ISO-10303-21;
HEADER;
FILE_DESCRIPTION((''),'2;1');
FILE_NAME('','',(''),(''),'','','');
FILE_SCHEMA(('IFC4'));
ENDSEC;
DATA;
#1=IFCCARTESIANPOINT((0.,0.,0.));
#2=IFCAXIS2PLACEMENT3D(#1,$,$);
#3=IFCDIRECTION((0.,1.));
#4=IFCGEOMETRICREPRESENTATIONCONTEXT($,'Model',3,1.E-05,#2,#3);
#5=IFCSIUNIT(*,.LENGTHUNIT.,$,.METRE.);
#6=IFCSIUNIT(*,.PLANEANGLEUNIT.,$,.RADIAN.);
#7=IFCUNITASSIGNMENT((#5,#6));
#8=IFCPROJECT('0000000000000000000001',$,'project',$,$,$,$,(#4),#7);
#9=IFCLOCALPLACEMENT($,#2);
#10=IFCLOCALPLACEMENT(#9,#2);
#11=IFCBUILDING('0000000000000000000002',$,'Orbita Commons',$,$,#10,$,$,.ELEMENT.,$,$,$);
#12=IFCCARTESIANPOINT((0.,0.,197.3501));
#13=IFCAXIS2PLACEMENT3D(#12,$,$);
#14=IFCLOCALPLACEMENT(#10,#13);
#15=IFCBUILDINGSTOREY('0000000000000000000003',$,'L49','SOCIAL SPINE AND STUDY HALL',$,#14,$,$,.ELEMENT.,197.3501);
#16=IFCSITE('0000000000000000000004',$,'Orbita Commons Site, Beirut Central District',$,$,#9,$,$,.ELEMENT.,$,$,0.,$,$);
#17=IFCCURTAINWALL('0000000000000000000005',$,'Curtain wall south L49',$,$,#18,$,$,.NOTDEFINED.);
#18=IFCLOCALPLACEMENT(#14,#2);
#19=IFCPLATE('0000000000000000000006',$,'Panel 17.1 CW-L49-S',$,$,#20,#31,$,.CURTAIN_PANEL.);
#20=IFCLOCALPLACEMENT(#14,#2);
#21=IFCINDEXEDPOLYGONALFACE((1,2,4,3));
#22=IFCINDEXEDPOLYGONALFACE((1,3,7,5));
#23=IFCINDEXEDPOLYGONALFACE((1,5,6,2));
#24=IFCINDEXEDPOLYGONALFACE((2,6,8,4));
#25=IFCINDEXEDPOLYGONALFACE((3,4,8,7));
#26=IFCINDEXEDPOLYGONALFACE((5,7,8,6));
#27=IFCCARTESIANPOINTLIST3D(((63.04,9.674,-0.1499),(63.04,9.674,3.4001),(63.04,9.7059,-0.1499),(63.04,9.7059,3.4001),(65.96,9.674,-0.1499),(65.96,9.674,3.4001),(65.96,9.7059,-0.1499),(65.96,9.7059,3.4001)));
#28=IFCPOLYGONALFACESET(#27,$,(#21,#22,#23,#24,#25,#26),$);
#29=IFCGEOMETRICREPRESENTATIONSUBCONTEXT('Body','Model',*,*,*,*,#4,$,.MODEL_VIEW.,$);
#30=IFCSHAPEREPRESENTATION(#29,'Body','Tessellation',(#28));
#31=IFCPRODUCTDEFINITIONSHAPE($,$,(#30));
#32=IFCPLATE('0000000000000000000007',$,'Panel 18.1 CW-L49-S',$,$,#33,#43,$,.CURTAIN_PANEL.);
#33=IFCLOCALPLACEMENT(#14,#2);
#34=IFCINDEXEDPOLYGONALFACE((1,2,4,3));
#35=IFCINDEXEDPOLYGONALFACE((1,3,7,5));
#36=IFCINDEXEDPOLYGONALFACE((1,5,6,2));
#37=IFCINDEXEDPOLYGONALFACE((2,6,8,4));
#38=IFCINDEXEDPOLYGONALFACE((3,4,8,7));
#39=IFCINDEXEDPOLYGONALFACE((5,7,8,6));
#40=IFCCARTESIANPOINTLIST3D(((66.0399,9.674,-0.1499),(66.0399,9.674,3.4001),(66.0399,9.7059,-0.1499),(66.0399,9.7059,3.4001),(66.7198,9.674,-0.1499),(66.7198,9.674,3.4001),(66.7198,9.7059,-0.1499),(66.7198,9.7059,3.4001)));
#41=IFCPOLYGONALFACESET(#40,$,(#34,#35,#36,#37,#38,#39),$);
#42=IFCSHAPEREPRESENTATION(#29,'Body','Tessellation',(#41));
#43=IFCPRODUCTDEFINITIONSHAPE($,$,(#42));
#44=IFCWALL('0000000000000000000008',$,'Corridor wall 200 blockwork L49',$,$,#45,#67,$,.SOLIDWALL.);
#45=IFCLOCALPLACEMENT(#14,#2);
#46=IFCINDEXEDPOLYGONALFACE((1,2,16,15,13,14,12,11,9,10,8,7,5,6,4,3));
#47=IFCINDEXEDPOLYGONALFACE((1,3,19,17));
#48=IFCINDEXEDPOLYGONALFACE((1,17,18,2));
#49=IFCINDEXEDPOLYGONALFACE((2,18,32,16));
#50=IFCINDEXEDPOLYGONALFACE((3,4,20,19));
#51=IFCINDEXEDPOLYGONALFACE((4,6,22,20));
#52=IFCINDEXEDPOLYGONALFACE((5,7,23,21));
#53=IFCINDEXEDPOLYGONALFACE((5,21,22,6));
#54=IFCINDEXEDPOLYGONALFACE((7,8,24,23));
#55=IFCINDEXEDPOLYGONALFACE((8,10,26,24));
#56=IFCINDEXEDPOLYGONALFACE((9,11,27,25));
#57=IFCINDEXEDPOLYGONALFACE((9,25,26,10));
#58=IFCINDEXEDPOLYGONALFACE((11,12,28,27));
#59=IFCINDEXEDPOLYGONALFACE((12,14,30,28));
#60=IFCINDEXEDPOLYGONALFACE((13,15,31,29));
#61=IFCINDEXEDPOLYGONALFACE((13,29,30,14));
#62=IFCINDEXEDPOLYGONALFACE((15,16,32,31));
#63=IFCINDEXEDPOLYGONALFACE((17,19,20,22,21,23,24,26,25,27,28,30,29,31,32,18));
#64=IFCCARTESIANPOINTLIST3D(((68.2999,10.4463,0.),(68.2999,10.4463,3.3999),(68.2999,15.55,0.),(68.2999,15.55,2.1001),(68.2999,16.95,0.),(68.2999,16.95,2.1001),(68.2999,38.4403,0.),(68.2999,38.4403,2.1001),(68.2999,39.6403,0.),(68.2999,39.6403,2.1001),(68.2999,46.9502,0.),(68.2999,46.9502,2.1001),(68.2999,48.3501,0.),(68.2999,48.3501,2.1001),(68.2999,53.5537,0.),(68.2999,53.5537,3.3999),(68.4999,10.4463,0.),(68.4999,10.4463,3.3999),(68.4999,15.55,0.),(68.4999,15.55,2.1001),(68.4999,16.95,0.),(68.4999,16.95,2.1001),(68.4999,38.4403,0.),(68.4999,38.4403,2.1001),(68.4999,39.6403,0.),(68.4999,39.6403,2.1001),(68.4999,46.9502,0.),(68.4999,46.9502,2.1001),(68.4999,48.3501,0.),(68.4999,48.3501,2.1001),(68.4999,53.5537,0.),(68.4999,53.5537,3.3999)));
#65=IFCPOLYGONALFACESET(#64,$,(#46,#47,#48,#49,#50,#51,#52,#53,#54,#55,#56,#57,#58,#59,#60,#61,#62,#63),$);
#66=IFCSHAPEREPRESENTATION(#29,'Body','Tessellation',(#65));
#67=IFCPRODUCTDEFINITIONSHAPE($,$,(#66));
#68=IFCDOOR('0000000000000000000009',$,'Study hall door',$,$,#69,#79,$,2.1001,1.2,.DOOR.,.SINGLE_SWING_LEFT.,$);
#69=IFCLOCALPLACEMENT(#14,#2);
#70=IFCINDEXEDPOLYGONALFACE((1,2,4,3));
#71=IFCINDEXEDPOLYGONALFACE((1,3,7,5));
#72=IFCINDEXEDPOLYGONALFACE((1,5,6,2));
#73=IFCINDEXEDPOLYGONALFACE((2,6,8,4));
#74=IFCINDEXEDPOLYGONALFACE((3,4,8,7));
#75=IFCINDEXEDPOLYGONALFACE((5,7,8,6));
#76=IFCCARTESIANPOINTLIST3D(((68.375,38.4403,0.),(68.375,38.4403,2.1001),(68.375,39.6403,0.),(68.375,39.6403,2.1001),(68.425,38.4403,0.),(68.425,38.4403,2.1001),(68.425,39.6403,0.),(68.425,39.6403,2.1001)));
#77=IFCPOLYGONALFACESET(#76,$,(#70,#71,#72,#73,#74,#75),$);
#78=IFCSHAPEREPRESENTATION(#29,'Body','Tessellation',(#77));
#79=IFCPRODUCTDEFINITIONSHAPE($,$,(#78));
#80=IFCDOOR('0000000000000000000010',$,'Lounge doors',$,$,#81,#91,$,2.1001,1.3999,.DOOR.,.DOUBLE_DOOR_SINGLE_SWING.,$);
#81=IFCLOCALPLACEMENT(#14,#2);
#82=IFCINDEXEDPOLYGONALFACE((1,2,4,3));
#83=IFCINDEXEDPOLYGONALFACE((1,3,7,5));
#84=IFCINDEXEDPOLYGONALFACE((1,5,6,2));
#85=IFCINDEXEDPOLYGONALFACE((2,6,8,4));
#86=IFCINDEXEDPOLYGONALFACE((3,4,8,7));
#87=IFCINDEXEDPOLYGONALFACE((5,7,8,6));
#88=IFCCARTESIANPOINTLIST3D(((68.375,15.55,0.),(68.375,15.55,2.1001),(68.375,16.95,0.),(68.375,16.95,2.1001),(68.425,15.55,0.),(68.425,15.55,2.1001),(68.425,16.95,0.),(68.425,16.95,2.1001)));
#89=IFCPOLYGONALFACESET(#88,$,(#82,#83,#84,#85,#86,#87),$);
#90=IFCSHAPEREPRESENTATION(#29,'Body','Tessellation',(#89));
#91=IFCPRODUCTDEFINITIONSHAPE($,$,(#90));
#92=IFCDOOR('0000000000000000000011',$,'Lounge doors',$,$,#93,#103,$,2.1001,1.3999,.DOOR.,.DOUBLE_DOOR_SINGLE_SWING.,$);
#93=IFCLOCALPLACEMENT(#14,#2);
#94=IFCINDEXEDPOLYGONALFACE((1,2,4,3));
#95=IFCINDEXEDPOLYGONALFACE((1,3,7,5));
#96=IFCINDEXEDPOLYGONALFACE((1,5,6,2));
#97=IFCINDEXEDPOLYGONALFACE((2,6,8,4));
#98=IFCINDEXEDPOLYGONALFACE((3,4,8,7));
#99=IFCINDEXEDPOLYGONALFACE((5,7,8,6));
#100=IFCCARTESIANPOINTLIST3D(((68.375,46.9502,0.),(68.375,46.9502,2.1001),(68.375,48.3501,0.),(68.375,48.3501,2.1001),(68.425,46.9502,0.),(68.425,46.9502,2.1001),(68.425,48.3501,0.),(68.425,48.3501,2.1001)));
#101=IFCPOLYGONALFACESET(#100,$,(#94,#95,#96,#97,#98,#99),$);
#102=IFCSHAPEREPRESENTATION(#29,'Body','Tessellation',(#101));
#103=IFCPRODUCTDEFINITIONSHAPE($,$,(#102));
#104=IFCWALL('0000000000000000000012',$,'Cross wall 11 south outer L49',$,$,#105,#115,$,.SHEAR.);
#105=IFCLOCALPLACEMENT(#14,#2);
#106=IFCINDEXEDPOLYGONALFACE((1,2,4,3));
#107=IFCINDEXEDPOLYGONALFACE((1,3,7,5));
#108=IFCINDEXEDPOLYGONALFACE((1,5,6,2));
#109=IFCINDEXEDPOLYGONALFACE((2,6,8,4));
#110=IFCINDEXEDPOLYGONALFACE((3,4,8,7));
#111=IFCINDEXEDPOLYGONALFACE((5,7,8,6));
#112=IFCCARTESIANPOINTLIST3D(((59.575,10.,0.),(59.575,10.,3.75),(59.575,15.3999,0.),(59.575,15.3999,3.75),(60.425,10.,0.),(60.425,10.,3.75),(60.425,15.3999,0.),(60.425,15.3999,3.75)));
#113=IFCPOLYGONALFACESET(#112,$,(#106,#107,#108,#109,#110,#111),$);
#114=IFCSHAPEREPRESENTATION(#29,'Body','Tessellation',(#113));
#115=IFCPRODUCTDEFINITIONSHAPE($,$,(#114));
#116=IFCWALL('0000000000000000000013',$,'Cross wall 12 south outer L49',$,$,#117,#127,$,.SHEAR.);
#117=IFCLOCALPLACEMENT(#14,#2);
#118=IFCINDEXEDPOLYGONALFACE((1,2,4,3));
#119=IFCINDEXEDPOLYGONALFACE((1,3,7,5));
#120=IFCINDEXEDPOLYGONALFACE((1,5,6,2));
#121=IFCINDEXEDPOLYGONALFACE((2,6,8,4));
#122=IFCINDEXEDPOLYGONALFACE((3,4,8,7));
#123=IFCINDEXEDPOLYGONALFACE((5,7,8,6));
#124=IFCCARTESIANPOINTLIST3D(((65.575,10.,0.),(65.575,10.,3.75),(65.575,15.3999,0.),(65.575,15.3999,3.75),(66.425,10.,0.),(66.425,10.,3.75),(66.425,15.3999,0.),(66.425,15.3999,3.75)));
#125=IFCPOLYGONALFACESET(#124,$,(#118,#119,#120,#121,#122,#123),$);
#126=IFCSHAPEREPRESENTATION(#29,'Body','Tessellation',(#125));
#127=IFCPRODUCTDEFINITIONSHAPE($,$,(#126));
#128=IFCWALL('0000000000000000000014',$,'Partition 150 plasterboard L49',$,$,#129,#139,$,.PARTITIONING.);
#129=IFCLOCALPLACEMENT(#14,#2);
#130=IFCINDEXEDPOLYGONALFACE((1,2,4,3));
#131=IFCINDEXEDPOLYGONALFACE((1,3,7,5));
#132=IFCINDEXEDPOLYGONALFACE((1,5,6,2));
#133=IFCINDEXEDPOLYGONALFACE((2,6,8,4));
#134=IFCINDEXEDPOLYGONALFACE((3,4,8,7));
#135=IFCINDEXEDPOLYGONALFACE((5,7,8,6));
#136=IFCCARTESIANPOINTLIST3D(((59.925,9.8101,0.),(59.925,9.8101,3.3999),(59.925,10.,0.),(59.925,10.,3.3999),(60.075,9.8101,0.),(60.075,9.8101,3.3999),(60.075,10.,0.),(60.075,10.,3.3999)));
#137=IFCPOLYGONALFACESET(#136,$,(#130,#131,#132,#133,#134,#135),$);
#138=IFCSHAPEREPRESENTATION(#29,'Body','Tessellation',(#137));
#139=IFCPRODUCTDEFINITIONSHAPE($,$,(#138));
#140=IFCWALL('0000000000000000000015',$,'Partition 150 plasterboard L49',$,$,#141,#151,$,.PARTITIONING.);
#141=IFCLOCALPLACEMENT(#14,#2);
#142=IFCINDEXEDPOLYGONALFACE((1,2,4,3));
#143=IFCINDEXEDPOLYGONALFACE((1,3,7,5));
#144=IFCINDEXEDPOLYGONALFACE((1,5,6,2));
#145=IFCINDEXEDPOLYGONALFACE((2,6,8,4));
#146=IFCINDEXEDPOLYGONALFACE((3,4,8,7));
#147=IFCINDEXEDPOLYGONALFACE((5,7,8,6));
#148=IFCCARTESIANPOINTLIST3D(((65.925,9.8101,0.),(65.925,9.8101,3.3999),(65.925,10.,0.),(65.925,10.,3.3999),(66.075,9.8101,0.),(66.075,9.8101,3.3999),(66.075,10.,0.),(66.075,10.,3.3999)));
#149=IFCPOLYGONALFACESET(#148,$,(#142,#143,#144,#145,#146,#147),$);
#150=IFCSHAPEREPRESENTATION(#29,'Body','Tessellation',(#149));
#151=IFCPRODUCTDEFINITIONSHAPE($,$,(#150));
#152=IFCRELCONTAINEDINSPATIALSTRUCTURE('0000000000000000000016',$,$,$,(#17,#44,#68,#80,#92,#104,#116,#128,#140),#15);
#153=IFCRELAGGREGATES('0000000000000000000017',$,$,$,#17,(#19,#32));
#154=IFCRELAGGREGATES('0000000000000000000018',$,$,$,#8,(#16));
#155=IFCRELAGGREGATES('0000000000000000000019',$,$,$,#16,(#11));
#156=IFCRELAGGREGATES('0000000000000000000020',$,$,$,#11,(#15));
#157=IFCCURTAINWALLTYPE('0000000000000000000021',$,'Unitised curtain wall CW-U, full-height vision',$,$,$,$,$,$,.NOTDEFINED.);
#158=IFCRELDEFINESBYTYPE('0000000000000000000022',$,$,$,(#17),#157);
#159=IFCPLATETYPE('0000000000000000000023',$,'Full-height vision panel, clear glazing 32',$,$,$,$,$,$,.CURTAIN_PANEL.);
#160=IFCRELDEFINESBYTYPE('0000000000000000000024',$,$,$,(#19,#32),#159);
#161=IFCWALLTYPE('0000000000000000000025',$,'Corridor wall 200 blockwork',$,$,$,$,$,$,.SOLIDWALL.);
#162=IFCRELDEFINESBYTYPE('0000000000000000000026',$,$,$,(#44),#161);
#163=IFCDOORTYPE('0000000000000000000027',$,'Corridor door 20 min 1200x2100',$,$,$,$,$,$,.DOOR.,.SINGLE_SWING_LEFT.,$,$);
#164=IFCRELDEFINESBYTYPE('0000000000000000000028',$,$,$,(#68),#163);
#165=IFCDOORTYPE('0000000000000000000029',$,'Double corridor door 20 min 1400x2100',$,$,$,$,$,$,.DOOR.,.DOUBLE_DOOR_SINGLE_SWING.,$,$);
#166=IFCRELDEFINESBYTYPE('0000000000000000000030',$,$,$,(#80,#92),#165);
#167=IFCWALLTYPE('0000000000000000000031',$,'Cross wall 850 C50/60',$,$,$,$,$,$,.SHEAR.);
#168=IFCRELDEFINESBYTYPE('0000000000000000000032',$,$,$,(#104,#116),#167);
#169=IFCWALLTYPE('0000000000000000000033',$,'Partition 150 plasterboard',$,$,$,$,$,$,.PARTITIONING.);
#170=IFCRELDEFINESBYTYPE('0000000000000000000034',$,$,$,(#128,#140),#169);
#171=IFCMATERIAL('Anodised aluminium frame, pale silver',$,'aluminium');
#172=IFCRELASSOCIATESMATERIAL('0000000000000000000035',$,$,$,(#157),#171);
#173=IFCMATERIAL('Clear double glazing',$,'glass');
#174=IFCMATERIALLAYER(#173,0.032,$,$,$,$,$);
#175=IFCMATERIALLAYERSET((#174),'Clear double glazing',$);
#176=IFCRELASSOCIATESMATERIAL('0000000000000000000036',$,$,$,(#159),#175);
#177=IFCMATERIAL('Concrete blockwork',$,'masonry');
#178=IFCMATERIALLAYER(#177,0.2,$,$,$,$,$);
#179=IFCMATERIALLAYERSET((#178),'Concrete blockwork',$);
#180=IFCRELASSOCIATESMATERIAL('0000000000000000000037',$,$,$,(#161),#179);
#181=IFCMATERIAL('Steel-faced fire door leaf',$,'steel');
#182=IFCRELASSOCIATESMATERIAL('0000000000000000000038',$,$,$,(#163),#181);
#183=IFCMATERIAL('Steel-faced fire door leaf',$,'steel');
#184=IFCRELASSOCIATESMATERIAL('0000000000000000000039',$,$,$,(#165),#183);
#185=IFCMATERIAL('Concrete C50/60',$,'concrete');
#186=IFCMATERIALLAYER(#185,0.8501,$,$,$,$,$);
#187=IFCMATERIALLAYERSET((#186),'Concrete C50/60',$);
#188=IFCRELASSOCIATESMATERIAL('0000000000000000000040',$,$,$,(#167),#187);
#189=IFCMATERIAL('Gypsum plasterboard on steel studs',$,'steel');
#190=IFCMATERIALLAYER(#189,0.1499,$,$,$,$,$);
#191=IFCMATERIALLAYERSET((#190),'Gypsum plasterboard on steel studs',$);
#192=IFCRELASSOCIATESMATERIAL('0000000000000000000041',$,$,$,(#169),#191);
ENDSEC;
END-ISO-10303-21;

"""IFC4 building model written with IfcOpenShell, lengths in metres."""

from ifc_helpers import new_model, si_unit, direction, frame, frame_2d, origin, origin_2d, place, context, subcontext, project, spatial, rectangle, extrude, material, layer, layer_set, type_object, element, fill, aggregate, save


model = new_model("IFC4")

# Units and contexts
model_context = context("Model", 3, precision=1e-05, world=origin(), true_north=direction((0.0, 1.0)))
body_context = subcontext(model_context, "Body", "Model", "MODEL_VIEW")
ifc_project = project(units=[si_unit("LENGTHUNIT", "METRE"), si_unit("PLANEANGLEUNIT", "RADIAN")], contexts=[model_context])

# Site, building, storey
site_placement = place(None, origin())
site = spatial("IfcSite", under=ifc_project, at=site_placement, Name="Orbita Commons Site, Beirut Central District", CompositionType="ELEMENT", RefElevation=0.0)
building_placement = place(site_placement, origin())
building = spatial("IfcBuilding", under=site, at=building_placement, Name="Orbita Commons", CompositionType="ELEMENT")
storey_placement = place(building_placement, frame((0.0, 0.0, 197.3501)))
storey = spatial("IfcBuildingStorey", under=building, at=storey_placement, Name="L49", Description="SOCIAL SPINE AND STUDY HALL", CompositionType="ELEMENT", Elevation=197.3501)

# Curtain wall
ifc_material_1 = material(Name="Anodised aluminium frame, pale silver", Category="aluminium")
curtain_wall_type = type_object("IfcCurtainWallType", Name="Unitised curtain wall CW-U, full-height vision", PredefinedType="NOTDEFINED", material=ifc_material_1)
curtain_wall_placement = place(storey_placement, origin())
curtain_wall = element("IfcCurtainWall", 1, at=curtain_wall_placement, inside=storey, type_object=curtain_wall_type, Name="Curtain wall south L49", PredefinedType="NOTDEFINED")

# Plates
ifc_material_2 = material(Name="Clear double glazing", Category="glass")
ifc_layer_1 = layer(ifc_material_2, 0.032)
ifc_layer_set_1 = layer_set([ifc_layer_1], Name="Clear double glazing")
plate_type = type_object("IfcPlateType", Name="Full-height vision panel, clear glazing 32", PredefinedType="CURTAIN_PANEL", material=ifc_layer_set_1)
plate_1_placement = place(storey_placement, frame((64.5, 9.6899, -0.1499), z_axis=(0.0, 0.0, 1.0), x_axis=(1.0, 0.0, 0.0)))
plate_1 = element("IfcPlate", 2, at=plate_1_placement, type_object=plate_type, Name="Panel 17.1 CW-L49-S", PredefinedType="CURTAIN_PANEL", context=body_context, shape_type="SweptSolid", body=[
    extrude(rectangle(XDim=2.9199, YDim=0.032, at=origin_2d()), origin(), (0.0, 0.0, 1.0), 3.55),
])
plate_2_placement = place(storey_placement, frame((66.3799, 9.6899, -0.1499), z_axis=(0.0, 0.0, 1.0), x_axis=(1.0, 0.0, 0.0)))
plate_2 = element("IfcPlate", 3, at=plate_2_placement, type_object=plate_type, Name="Panel 18.1 CW-L49-S", PredefinedType="CURTAIN_PANEL", context=body_context, shape_type="SweptSolid", body=[
    extrude(rectangle(XDim=0.6799, YDim=0.032, at=origin_2d()), origin(), (0.0, 0.0, 1.0), 3.55),
])
aggregate(curtain_wall, [plate_1, plate_2])

# Wall, openings, doors
ifc_material_3 = material(Name="Concrete blockwork", Category="masonry")
ifc_layer_2 = layer(ifc_material_3, 0.2)
ifc_layer_set_2 = layer_set([ifc_layer_2], Name="Concrete blockwork")
wall_type_1 = type_object("IfcWallType", Name="Corridor wall 200 blockwork", PredefinedType="SOLIDWALL", material=ifc_layer_set_2)
wall_1_placement = place(storey_placement, frame((68.3999, 10.4463, 0.0), z_axis=(0.0, 0.0, 1.0), x_axis=(0.0, 1.0, 0.0)))
wall_1 = element("IfcWall", 4, at=wall_1_placement, inside=storey, type_object=wall_type_1, Name="Corridor wall 200 blockwork L49", PredefinedType="SOLIDWALL", context=body_context, shape_type="SweptSolid", body=[
    extrude(rectangle(XDim=43.1074, YDim=0.2, at=frame_2d((21.5537, 0.0))), origin(), (0.0, 0.0, 1.0), 3.3999),
])
opening_1_placement = place(wall_1_placement, frame((27.9939, 0.0, 0.0)))
opening_1 = element("IfcOpeningElement", 5, at=opening_1_placement, cuts=wall_1, PredefinedType="OPENING", context=body_context, shape_type="SweptSolid", body=[
    extrude(rectangle(XDim=1.2, YDim=2.1001, at=frame_2d((0.6001, 1.05))), frame((0.0, 0.1099, 0.0), z_axis=(0.0, -1.0, 0.0), x_axis=(1.0, 0.0, 0.0)), (0.0, 0.0, 1.0), 0.22),
])
opening_2_placement = place(wall_1_placement, frame((5.1038, 0.0, 0.0)))
opening_2 = element("IfcOpeningElement", 6, at=opening_2_placement, cuts=wall_1, PredefinedType="OPENING", context=body_context, shape_type="SweptSolid", body=[
    extrude(rectangle(XDim=1.3999, YDim=2.1001, at=frame_2d((0.7, 1.05))), frame((0.0, 0.1099, 0.0), z_axis=(0.0, -1.0, 0.0), x_axis=(1.0, 0.0, 0.0)), (0.0, 0.0, 1.0), 0.22),
])
opening_3_placement = place(wall_1_placement, frame((36.5039, 0.0, 0.0)))
opening_3 = element("IfcOpeningElement", 7, at=opening_3_placement, cuts=wall_1, PredefinedType="OPENING", context=body_context, shape_type="SweptSolid", body=[
    extrude(rectangle(XDim=1.3999, YDim=2.1001, at=frame_2d((0.7, 1.05))), frame((0.0, 0.1099, 0.0), z_axis=(0.0, -1.0, 0.0), x_axis=(1.0, 0.0, 0.0)), (0.0, 0.0, 1.0), 0.22),
])
ifc_material_4 = material(Name="Steel-faced fire door leaf", Category="steel")
door_type_1 = type_object("IfcDoorType", Name="Corridor door 20 min 1200x2100", OperationType="SINGLE_SWING_LEFT", PredefinedType="DOOR", material=ifc_material_4)
door_1_placement = place(opening_1_placement, origin())
door_1 = element("IfcDoor", 8, at=door_1_placement, inside=storey, type_object=door_type_1, Name="Study hall door", OperationType="SINGLE_SWING_LEFT", OverallHeight=2.1001, OverallWidth=1.2, PredefinedType="DOOR", context=body_context, shape_type="SweptSolid", body=[
    extrude(rectangle(XDim=1.2, YDim=2.1001, at=frame_2d((0.6001, 1.05))), frame((0.0, 0.0249, 0.0), z_axis=(0.0, -1.0, 0.0), x_axis=(1.0, 0.0, 0.0)), (0.0, 0.0, 1.0), 0.05),
])
fill(opening_1, door_1)
ifc_material_5 = material(Name="Steel-faced fire door leaf", Category="steel")
door_type_2 = type_object("IfcDoorType", Name="Double corridor door 20 min 1400x2100", OperationType="DOUBLE_DOOR_SINGLE_SWING", PredefinedType="DOOR", material=ifc_material_5)
door_2_placement = place(opening_2_placement, origin())
door_2 = element("IfcDoor", 9, at=door_2_placement, inside=storey, type_object=door_type_2, Name="Lounge doors", OperationType="DOUBLE_DOOR_SINGLE_SWING", OverallHeight=2.1001, OverallWidth=1.3999, PredefinedType="DOOR", context=body_context, shape_type="SweptSolid", body=[
    extrude(rectangle(XDim=1.3999, YDim=2.1001, at=frame_2d((0.7, 1.05))), frame((0.0, 0.0249, 0.0), z_axis=(0.0, -1.0, 0.0), x_axis=(1.0, 0.0, 0.0)), (0.0, 0.0, 1.0), 0.05),
])
fill(opening_2, door_2)
door_3_placement = place(opening_3_placement, origin())
door_3 = element("IfcDoor", 10, at=door_3_placement, inside=storey, type_object=door_type_2, Name="Lounge doors", OperationType="DOUBLE_DOOR_SINGLE_SWING", OverallHeight=2.1001, OverallWidth=1.3999, PredefinedType="DOOR", context=body_context, shape_type="SweptSolid", body=[
    extrude(rectangle(XDim=1.3999, YDim=2.1001, at=frame_2d((0.7, 1.05))), frame((0.0, 0.0249, 0.0), z_axis=(0.0, -1.0, 0.0), x_axis=(1.0, 0.0, 0.0)), (0.0, 0.0, 1.0), 0.05),
])
fill(opening_3, door_3)

# Walls
ifc_material_6 = material(Name="Concrete C50/60", Category="concrete")
ifc_layer_3 = layer(ifc_material_6, 0.8501)
ifc_layer_set_3 = layer_set([ifc_layer_3], Name="Concrete C50/60")
wall_type_2 = type_object("IfcWallType", Name="Cross wall 850 C50/60", PredefinedType="SHEAR", material=ifc_layer_set_3)
for number, where, z_axis, x_axis, name in (
    (11, (60.0, 10.0, 0.0), (0.0, 0.0, 1.0), (0.0, 1.0, 0.0), "Cross wall 11 south outer L49"),
    (12, (66.0, 10.0, 0.0), (0.0, 0.0, 1.0), (0.0, 1.0, 0.0), "Cross wall 12 south outer L49"),
):
    element("IfcWall", number, at=place(storey_placement, frame(where, z_axis=z_axis, x_axis=x_axis)), inside=storey, type_object=wall_type_2, Name=name, PredefinedType="SHEAR", context=body_context, shape_type="SweptSolid", body=[
        extrude(rectangle(XDim=5.3999, YDim=0.8501, at=frame_2d((2.7, 0.0))), origin(), (0.0, 0.0, 1.0), 3.75),
    ])
ifc_material_7 = material(Name="Gypsum plasterboard on steel studs", Category="steel")
ifc_layer_4 = layer(ifc_material_7, 0.1499)
ifc_layer_set_4 = layer_set([ifc_layer_4], Name="Gypsum plasterboard on steel studs")
wall_type_3 = type_object("IfcWallType", Name="Partition 150 plasterboard", PredefinedType="PARTITIONING", material=ifc_layer_set_4)
for number, where, z_axis, x_axis, name in (
    (13, (60.0, 10.0, 0.0), (0.0, 0.0, 1.0), (0.0, -1.0, 0.0), "Partition 150 plasterboard L49"),
    (14, (66.0, 10.0, 0.0), (0.0, 0.0, 1.0), (0.0, -1.0, 0.0), "Partition 150 plasterboard L49"),
):
    element("IfcWall", number, at=place(storey_placement, frame(where, z_axis=z_axis, x_axis=x_axis)), inside=storey, type_object=wall_type_3, Name=name, PredefinedType="PARTITIONING", context=body_context, shape_type="SweptSolid", body=[
        extrude(rectangle(XDim=0.1899, YDim=0.1499, at=frame_2d((0.095, 0.0))), origin(), (0.0, 0.0, 1.0), 3.3999),
    ])

save(model, "model.ifc")
